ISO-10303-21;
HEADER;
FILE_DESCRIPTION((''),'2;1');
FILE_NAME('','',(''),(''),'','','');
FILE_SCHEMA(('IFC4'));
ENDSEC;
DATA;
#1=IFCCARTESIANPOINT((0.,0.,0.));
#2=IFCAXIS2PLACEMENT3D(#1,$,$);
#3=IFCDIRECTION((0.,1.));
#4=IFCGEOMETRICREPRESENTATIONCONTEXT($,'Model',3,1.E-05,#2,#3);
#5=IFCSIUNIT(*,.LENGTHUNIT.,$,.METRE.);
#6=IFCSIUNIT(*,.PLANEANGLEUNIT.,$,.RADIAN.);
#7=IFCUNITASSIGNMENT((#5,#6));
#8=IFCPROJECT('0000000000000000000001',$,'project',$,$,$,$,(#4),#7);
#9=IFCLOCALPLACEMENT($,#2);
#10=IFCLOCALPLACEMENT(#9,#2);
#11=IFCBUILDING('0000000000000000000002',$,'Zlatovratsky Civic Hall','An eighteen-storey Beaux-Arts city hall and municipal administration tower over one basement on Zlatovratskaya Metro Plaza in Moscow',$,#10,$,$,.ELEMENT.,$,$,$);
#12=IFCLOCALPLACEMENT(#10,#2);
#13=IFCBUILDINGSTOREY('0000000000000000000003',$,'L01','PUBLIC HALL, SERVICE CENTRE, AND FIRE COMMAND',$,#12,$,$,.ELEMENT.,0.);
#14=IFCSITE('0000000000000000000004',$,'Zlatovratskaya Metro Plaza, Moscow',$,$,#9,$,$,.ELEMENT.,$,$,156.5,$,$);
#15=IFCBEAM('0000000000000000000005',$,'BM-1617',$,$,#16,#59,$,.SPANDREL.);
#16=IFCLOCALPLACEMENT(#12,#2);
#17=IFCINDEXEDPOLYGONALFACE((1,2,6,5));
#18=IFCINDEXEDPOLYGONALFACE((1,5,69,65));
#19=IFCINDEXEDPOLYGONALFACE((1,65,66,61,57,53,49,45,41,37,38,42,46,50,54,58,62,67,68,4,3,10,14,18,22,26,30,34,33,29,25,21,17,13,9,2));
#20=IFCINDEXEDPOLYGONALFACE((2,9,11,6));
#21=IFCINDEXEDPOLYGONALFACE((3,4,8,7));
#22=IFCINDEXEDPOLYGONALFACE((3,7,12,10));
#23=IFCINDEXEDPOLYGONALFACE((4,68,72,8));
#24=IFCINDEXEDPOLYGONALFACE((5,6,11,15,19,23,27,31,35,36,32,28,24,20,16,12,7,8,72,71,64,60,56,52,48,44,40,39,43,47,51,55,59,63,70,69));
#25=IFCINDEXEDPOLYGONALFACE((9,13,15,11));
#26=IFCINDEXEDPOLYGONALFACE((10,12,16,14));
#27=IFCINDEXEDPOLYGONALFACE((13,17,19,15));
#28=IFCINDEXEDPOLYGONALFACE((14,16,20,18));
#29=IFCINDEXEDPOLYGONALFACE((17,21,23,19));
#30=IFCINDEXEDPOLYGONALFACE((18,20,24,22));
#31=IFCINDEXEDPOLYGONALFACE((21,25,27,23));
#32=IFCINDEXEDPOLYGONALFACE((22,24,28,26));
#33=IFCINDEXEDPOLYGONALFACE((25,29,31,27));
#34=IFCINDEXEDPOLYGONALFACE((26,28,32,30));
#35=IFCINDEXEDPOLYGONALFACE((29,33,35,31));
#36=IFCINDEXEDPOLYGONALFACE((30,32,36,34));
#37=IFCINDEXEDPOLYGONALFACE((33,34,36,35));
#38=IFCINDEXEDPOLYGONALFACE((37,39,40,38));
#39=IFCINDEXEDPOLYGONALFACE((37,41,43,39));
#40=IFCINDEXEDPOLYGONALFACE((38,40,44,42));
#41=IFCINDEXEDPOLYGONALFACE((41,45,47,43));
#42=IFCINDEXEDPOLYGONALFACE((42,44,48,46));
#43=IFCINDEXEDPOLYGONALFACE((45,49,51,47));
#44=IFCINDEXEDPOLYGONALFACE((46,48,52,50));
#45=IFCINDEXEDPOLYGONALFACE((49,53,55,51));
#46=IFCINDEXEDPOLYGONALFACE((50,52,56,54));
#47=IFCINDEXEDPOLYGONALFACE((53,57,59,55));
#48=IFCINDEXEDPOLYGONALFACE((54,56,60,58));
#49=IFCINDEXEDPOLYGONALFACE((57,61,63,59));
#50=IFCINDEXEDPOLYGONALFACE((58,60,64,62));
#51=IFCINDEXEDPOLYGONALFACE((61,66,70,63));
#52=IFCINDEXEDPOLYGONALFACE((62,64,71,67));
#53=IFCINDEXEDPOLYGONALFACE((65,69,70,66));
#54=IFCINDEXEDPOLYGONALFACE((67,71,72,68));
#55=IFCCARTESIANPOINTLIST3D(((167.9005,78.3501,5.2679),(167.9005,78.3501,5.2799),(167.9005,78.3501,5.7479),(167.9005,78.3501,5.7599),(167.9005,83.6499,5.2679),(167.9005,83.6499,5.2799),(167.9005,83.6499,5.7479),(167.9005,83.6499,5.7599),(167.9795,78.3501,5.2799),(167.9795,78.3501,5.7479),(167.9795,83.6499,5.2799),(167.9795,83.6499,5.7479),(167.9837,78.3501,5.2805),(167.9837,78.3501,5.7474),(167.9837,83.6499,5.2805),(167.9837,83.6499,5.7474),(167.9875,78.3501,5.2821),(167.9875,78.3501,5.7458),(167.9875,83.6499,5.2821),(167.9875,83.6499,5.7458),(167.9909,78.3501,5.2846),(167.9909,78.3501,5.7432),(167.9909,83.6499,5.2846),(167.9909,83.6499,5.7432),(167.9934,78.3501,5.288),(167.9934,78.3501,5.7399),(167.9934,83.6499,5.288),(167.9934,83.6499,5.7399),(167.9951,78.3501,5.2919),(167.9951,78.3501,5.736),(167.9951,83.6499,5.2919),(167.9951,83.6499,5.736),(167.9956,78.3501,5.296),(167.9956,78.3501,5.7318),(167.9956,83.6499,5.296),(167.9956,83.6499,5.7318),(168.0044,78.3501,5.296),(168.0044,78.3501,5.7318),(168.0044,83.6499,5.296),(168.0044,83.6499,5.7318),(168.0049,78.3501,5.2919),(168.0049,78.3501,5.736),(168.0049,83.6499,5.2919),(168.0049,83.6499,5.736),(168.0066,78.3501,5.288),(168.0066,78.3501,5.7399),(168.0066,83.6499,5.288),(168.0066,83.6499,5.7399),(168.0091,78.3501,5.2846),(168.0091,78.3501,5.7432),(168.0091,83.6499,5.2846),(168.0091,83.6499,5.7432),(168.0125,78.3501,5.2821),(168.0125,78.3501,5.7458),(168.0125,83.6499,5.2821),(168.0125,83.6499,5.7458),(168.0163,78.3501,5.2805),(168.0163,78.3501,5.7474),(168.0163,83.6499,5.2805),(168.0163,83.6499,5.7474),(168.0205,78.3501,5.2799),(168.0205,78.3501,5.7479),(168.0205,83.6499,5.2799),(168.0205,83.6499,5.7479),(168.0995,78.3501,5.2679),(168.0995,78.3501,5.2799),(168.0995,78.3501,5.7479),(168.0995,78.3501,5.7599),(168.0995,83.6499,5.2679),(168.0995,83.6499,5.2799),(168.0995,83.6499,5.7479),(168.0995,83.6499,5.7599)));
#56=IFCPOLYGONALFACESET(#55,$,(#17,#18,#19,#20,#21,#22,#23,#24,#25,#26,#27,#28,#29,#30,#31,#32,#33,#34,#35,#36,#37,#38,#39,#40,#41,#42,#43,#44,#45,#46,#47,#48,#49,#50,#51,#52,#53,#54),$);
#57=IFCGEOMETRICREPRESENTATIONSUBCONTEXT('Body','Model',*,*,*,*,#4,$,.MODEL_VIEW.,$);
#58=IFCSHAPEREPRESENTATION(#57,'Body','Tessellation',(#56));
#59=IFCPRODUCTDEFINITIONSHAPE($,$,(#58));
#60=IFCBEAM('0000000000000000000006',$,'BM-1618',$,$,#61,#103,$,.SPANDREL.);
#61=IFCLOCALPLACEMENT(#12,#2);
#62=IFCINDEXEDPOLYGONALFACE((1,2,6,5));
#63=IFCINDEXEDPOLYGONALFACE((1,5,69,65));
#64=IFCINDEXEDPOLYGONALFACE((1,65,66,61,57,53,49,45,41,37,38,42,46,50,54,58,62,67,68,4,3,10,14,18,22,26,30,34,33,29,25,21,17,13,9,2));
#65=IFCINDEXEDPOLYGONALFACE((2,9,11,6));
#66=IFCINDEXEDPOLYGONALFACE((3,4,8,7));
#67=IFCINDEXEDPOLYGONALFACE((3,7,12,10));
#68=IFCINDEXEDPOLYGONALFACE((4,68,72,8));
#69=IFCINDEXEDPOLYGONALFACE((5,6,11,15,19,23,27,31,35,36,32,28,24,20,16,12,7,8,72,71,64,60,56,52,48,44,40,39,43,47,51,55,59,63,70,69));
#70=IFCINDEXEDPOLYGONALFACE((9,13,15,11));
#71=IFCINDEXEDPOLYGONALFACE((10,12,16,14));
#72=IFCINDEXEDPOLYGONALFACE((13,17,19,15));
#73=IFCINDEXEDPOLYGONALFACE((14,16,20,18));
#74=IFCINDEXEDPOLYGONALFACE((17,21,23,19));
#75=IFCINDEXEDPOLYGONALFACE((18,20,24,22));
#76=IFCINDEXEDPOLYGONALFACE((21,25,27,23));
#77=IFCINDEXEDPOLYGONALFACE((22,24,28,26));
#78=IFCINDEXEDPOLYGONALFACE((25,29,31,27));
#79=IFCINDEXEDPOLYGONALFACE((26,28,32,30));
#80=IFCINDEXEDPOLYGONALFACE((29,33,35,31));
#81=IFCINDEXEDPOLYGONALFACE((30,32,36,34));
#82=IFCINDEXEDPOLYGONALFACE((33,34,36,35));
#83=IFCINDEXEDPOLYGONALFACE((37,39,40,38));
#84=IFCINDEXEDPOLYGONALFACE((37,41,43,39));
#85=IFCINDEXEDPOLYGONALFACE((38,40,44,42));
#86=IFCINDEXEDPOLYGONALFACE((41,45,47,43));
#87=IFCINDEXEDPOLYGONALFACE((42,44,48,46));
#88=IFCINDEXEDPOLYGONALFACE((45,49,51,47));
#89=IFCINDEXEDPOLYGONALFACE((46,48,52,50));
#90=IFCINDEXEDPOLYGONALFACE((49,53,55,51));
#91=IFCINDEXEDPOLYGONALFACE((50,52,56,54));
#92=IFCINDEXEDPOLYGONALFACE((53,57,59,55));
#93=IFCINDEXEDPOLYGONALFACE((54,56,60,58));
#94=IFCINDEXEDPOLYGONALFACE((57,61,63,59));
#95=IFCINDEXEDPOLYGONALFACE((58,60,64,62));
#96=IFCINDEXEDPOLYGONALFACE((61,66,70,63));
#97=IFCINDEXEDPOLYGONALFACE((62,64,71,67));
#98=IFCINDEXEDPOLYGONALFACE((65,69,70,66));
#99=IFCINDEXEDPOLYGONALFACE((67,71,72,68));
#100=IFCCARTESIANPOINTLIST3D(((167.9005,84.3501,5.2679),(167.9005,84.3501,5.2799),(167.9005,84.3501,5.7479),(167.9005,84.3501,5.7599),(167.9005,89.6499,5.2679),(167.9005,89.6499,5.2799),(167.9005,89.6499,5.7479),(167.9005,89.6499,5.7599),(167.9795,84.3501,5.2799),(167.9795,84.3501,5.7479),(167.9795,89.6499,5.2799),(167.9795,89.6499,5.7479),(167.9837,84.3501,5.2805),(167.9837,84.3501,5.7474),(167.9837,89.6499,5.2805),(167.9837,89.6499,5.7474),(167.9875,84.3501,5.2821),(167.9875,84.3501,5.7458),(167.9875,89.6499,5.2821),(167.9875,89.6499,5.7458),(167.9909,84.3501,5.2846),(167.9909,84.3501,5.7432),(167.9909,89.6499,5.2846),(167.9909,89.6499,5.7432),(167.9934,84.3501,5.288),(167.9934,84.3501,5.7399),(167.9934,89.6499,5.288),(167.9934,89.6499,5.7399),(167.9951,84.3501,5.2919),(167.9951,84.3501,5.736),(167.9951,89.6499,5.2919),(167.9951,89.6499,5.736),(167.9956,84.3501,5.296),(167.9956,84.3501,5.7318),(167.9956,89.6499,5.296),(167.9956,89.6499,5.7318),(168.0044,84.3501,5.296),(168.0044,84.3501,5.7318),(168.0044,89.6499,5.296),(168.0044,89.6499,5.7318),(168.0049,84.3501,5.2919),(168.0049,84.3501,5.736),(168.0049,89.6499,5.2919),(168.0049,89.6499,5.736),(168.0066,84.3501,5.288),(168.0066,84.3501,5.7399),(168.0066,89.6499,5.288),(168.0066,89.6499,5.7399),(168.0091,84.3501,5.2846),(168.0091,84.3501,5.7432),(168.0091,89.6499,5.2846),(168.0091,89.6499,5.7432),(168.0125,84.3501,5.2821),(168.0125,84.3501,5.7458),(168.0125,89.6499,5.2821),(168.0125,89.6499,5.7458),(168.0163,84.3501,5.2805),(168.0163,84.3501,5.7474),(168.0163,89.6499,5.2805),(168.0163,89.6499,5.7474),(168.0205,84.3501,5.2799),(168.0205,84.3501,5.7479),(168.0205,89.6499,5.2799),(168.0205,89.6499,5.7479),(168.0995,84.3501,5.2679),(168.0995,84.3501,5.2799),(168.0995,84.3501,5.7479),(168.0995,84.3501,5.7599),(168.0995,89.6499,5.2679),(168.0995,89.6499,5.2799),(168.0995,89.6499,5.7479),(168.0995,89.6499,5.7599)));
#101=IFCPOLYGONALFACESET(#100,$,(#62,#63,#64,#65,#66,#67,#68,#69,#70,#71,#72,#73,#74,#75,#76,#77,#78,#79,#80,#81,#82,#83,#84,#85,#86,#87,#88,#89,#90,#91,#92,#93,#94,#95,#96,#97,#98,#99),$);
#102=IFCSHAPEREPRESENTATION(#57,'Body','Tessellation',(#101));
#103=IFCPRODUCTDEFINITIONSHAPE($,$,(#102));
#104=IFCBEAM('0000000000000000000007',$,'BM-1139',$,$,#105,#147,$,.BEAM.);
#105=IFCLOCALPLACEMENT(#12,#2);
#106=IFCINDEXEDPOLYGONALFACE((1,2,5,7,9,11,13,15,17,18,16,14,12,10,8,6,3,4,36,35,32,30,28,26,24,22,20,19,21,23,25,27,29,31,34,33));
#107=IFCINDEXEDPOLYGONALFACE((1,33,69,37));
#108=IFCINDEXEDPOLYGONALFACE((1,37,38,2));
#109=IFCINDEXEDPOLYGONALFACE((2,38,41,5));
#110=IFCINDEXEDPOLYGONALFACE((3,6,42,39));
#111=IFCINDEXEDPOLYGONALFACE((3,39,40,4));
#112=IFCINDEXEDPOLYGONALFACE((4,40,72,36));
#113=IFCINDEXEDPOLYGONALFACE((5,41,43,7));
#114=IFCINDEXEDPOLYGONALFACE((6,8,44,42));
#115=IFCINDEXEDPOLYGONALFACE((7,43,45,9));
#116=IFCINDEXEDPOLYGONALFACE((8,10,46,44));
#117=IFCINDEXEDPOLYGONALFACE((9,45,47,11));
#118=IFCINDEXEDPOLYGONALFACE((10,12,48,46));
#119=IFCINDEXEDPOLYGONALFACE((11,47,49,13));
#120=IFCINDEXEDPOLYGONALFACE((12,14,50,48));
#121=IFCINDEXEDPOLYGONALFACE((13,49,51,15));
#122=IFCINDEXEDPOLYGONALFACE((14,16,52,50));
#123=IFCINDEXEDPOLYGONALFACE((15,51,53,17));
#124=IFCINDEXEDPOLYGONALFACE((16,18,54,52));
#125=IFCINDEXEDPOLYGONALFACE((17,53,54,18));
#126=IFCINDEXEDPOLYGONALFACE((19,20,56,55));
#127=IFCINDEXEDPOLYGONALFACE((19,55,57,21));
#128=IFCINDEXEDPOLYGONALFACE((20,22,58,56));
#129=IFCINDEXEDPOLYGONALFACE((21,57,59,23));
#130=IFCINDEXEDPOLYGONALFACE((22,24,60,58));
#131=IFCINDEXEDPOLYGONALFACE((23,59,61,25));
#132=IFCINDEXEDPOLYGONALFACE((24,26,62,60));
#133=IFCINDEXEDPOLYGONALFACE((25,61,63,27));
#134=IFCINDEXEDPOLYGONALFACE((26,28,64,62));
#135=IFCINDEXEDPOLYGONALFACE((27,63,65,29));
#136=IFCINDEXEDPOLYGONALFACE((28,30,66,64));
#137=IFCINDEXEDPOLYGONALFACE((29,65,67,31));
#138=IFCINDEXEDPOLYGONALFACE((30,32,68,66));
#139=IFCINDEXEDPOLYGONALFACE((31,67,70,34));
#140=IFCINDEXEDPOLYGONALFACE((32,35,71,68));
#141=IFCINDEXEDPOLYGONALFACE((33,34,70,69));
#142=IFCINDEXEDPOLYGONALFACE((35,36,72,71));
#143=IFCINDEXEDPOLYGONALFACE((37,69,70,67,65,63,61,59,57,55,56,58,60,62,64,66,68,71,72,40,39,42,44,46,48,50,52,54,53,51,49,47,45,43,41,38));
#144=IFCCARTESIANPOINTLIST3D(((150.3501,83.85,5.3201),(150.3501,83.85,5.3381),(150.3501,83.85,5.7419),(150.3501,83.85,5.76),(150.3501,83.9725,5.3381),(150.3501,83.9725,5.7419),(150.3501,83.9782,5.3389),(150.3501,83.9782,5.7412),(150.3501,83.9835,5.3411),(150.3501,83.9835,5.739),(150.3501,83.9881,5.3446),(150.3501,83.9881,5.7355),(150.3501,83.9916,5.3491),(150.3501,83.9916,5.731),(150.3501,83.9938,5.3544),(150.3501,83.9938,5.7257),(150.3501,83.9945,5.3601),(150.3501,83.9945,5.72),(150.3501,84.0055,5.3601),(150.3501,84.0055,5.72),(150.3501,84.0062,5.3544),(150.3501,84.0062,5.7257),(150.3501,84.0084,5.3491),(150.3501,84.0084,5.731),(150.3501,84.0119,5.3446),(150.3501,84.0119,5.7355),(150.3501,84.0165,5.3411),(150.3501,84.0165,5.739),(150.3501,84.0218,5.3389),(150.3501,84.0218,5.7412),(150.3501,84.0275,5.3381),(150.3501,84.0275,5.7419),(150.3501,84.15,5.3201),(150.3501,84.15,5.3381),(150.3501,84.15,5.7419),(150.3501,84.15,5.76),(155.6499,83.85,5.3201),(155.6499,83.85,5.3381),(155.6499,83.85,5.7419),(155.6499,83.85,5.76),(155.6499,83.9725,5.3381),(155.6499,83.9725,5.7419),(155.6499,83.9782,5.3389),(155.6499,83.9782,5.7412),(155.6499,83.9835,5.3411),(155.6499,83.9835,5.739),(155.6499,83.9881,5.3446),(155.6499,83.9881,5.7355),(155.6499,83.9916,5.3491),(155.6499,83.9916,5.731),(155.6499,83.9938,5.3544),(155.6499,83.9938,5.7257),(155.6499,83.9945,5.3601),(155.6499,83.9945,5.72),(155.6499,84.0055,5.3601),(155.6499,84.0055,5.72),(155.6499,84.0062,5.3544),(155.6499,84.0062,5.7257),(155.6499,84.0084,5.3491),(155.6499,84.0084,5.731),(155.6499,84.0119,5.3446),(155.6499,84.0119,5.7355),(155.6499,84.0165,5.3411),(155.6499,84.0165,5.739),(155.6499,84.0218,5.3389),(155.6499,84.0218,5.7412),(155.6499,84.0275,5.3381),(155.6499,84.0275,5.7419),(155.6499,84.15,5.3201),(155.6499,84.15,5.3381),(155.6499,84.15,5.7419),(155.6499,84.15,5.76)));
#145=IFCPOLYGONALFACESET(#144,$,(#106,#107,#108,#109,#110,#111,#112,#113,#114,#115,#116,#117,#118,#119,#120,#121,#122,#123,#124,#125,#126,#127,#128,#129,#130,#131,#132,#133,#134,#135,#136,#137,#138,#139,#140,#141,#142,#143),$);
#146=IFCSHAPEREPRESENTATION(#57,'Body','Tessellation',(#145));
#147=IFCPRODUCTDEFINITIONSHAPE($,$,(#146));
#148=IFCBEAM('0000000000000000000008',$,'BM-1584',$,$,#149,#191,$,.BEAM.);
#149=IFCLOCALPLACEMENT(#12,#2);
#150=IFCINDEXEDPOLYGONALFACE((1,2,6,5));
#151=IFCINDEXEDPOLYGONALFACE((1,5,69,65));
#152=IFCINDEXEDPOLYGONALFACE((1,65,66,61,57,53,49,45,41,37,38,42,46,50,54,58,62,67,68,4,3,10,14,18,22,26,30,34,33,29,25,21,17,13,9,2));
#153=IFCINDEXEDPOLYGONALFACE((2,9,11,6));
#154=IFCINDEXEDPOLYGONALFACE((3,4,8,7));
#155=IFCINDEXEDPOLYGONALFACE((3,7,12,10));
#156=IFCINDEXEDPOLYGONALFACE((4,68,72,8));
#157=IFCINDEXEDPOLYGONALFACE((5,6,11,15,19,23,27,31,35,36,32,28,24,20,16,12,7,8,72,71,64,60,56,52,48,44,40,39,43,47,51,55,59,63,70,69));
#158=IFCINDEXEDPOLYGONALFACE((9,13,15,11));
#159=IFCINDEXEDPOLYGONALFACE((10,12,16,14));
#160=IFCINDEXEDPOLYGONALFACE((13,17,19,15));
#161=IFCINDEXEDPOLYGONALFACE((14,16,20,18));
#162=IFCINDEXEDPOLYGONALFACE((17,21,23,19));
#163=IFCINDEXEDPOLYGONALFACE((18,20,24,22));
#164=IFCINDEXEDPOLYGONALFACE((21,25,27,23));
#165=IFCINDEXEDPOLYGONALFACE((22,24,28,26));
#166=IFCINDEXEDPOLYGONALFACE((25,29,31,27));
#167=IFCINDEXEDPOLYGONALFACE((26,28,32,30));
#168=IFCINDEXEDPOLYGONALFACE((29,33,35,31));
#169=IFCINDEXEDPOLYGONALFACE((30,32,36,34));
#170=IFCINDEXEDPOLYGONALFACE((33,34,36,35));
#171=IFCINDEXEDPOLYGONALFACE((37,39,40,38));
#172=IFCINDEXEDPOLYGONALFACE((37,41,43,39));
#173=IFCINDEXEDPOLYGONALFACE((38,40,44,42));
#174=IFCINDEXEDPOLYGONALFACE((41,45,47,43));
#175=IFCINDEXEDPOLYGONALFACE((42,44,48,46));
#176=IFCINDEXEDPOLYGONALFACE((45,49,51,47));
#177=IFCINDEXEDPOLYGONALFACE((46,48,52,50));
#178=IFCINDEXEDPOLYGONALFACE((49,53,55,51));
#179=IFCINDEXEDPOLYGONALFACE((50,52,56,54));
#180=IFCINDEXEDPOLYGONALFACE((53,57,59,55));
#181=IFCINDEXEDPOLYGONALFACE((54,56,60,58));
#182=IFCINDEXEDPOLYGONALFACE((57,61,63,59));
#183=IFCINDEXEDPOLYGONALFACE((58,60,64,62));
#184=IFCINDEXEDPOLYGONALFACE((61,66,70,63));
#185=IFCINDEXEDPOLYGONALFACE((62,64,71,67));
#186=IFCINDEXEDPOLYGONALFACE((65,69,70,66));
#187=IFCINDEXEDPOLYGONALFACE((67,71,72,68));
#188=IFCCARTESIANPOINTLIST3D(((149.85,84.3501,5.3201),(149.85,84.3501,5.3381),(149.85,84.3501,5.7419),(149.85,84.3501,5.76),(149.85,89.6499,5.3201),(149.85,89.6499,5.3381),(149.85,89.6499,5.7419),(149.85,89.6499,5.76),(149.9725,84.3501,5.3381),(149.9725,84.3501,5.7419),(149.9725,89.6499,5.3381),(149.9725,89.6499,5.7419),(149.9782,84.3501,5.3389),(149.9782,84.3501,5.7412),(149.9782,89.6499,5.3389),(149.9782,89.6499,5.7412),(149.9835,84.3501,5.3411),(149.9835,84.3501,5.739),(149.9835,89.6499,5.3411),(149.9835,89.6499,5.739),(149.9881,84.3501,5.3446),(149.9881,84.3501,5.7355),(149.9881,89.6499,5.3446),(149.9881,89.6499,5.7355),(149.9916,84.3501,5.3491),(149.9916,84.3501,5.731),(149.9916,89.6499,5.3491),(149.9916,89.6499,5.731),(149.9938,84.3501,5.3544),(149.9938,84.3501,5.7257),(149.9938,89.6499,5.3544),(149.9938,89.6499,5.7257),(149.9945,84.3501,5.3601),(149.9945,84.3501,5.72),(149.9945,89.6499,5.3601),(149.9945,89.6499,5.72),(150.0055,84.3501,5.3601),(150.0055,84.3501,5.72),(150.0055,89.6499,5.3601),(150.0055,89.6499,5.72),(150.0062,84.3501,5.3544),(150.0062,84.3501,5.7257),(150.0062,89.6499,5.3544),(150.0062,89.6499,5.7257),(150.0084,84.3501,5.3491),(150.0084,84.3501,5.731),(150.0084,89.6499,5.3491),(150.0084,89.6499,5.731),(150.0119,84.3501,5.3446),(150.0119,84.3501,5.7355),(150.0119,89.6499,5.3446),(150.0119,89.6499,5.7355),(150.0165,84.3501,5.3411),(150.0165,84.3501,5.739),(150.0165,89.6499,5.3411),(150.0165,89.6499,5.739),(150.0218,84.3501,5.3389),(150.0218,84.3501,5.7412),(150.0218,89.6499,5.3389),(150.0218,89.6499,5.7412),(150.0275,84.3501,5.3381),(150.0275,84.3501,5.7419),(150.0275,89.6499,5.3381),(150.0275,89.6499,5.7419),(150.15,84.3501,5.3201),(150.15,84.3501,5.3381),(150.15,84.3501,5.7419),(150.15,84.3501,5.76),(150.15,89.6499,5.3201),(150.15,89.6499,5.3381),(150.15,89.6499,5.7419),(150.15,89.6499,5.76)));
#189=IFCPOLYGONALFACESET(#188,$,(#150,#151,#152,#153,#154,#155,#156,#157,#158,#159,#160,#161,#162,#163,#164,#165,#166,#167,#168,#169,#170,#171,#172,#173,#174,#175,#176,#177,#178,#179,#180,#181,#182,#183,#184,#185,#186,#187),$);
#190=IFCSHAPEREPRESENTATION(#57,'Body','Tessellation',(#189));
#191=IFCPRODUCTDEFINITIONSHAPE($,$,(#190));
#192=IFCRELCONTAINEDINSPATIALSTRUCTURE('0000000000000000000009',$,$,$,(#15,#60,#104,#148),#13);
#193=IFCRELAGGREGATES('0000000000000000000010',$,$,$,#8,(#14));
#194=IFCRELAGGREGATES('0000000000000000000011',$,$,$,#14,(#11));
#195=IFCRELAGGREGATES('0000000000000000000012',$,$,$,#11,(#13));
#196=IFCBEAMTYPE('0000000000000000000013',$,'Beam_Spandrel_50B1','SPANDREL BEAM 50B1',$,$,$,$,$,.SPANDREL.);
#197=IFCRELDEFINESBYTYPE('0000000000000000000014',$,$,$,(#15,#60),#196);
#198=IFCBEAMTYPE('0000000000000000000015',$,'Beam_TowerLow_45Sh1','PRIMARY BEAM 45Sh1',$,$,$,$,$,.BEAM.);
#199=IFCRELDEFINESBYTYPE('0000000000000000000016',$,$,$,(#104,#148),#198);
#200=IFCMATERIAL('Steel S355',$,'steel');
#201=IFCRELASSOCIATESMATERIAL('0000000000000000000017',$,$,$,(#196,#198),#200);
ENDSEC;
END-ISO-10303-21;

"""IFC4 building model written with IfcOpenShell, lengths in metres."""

from ifc_helpers import new_model, si_unit, direction, frame, origin, origin_2d, place, context, subcontext, project, spatial, i_section, extrude, material, material_profile, profile_set, type_object, element, save


model = new_model("IFC4")

# Units and contexts
model_context = context("Model", 3, precision=1e-05, world=origin(), true_north=direction((0.0, 1.0)))
body_context = subcontext(model_context, "Body", "Model", "MODEL_VIEW")
ifc_project = project(units=[si_unit("LENGTHUNIT", "METRE"), si_unit("PLANEANGLEUNIT", "RADIAN")], contexts=[model_context])

# Site, building, storey
site_placement = place(None, origin())
site = spatial("IfcSite", under=ifc_project, at=site_placement, Name="Zlatovratskaya Metro Plaza, Moscow", CompositionType="ELEMENT", RefElevation=156.5)
building_placement = place(site_placement, origin())
building = spatial("IfcBuilding", under=site, at=building_placement, Name="Zlatovratsky Civic Hall", Description="An eighteen-storey Beaux-Arts city hall and municipal administration tower over one basement on Zlatovratskaya Metro Plaza in Moscow", CompositionType="ELEMENT")
storey_placement = place(building_placement, origin())
storey = spatial("IfcBuildingStorey", under=building, at=storey_placement, Name="L01", Description="PUBLIC HALL, SERVICE CENTRE, AND FIRE COMMAND", CompositionType="ELEMENT", Elevation=0.0)

# Beams
ifc_material_1 = material(Name="Steel S355", Category="steel")
ifc_material_profile_1 = material_profile(ifc_material_1, i_section(OverallWidth=0.199, OverallDepth=0.4919, WebThickness=0.0088, FlangeThickness=0.012, FilletRadius=0.0161, at=origin_2d()), Name="50B1")
ifc_profile_set_1 = profile_set([ifc_material_profile_1], Name="Steel S355")
beam_type_1 = type_object("IfcBeamType", Name="Beam_Spandrel_50B1", Description="SPANDREL BEAM 50B1", PredefinedType="SPANDREL", material=ifc_profile_set_1)
for number, where, z_axis, x_axis, name in (
    (1, (168.0, 78.3501, 5.5139), (0.0, 1.0, 0.0), (-1.0, 0.0, 0.0), "BM-1617"),
    (2, (168.0, 84.3501, 5.5139), (0.0, 1.0, 0.0), (-1.0, 0.0, 0.0), "BM-1618"),
):
    element("IfcBeam", number, at=place(storey_placement, frame(where, z_axis=z_axis, x_axis=x_axis)), inside=storey, type_object=beam_type_1, Name=name, PredefinedType="SPANDREL", context=body_context, shape_type="SweptSolid", body=[
        extrude(i_section(OverallWidth=0.199, OverallDepth=0.4919, WebThickness=0.0088, FlangeThickness=0.012, FilletRadius=0.0161, at=origin_2d()), origin(), (0.0, 0.0, 1.0), 5.2998),
    ])
ifc_material_profile_2 = material_profile(ifc_material_1, i_section(OverallWidth=0.3, OverallDepth=0.4399, WebThickness=0.011, FlangeThickness=0.0181, FilletRadius=0.022, at=origin_2d()), Name="45Sh1")
ifc_profile_set_2 = profile_set([ifc_material_profile_2], Name="Steel S355")
beam_type_2 = type_object("IfcBeamType", Name="Beam_TowerLow_45Sh1", Description="PRIMARY BEAM 45Sh1", PredefinedType="BEAM", material=ifc_profile_set_2)
for number, where, z_axis, x_axis, name in (
    (3, (150.3501, 84.0, 5.54), (1.0, 0.0, 0.0), (0.0, 1.0, 0.0), "BM-1139"),
    (4, (150.0, 84.3501, 5.54), (0.0, 1.0, 0.0), (-1.0, 0.0, 0.0), "BM-1584"),
):
    element("IfcBeam", number, at=place(storey_placement, frame(where, z_axis=z_axis, x_axis=x_axis)), inside=storey, type_object=beam_type_2, Name=name, PredefinedType="BEAM", context=body_context, shape_type="SweptSolid", body=[
        extrude(i_section(OverallWidth=0.3, OverallDepth=0.4399, WebThickness=0.011, FlangeThickness=0.0181, FilletRadius=0.022, at=origin_2d()), origin(), (0.0, 0.0, 1.0), 5.2998),
    ])

save(model, "model.ifc")
